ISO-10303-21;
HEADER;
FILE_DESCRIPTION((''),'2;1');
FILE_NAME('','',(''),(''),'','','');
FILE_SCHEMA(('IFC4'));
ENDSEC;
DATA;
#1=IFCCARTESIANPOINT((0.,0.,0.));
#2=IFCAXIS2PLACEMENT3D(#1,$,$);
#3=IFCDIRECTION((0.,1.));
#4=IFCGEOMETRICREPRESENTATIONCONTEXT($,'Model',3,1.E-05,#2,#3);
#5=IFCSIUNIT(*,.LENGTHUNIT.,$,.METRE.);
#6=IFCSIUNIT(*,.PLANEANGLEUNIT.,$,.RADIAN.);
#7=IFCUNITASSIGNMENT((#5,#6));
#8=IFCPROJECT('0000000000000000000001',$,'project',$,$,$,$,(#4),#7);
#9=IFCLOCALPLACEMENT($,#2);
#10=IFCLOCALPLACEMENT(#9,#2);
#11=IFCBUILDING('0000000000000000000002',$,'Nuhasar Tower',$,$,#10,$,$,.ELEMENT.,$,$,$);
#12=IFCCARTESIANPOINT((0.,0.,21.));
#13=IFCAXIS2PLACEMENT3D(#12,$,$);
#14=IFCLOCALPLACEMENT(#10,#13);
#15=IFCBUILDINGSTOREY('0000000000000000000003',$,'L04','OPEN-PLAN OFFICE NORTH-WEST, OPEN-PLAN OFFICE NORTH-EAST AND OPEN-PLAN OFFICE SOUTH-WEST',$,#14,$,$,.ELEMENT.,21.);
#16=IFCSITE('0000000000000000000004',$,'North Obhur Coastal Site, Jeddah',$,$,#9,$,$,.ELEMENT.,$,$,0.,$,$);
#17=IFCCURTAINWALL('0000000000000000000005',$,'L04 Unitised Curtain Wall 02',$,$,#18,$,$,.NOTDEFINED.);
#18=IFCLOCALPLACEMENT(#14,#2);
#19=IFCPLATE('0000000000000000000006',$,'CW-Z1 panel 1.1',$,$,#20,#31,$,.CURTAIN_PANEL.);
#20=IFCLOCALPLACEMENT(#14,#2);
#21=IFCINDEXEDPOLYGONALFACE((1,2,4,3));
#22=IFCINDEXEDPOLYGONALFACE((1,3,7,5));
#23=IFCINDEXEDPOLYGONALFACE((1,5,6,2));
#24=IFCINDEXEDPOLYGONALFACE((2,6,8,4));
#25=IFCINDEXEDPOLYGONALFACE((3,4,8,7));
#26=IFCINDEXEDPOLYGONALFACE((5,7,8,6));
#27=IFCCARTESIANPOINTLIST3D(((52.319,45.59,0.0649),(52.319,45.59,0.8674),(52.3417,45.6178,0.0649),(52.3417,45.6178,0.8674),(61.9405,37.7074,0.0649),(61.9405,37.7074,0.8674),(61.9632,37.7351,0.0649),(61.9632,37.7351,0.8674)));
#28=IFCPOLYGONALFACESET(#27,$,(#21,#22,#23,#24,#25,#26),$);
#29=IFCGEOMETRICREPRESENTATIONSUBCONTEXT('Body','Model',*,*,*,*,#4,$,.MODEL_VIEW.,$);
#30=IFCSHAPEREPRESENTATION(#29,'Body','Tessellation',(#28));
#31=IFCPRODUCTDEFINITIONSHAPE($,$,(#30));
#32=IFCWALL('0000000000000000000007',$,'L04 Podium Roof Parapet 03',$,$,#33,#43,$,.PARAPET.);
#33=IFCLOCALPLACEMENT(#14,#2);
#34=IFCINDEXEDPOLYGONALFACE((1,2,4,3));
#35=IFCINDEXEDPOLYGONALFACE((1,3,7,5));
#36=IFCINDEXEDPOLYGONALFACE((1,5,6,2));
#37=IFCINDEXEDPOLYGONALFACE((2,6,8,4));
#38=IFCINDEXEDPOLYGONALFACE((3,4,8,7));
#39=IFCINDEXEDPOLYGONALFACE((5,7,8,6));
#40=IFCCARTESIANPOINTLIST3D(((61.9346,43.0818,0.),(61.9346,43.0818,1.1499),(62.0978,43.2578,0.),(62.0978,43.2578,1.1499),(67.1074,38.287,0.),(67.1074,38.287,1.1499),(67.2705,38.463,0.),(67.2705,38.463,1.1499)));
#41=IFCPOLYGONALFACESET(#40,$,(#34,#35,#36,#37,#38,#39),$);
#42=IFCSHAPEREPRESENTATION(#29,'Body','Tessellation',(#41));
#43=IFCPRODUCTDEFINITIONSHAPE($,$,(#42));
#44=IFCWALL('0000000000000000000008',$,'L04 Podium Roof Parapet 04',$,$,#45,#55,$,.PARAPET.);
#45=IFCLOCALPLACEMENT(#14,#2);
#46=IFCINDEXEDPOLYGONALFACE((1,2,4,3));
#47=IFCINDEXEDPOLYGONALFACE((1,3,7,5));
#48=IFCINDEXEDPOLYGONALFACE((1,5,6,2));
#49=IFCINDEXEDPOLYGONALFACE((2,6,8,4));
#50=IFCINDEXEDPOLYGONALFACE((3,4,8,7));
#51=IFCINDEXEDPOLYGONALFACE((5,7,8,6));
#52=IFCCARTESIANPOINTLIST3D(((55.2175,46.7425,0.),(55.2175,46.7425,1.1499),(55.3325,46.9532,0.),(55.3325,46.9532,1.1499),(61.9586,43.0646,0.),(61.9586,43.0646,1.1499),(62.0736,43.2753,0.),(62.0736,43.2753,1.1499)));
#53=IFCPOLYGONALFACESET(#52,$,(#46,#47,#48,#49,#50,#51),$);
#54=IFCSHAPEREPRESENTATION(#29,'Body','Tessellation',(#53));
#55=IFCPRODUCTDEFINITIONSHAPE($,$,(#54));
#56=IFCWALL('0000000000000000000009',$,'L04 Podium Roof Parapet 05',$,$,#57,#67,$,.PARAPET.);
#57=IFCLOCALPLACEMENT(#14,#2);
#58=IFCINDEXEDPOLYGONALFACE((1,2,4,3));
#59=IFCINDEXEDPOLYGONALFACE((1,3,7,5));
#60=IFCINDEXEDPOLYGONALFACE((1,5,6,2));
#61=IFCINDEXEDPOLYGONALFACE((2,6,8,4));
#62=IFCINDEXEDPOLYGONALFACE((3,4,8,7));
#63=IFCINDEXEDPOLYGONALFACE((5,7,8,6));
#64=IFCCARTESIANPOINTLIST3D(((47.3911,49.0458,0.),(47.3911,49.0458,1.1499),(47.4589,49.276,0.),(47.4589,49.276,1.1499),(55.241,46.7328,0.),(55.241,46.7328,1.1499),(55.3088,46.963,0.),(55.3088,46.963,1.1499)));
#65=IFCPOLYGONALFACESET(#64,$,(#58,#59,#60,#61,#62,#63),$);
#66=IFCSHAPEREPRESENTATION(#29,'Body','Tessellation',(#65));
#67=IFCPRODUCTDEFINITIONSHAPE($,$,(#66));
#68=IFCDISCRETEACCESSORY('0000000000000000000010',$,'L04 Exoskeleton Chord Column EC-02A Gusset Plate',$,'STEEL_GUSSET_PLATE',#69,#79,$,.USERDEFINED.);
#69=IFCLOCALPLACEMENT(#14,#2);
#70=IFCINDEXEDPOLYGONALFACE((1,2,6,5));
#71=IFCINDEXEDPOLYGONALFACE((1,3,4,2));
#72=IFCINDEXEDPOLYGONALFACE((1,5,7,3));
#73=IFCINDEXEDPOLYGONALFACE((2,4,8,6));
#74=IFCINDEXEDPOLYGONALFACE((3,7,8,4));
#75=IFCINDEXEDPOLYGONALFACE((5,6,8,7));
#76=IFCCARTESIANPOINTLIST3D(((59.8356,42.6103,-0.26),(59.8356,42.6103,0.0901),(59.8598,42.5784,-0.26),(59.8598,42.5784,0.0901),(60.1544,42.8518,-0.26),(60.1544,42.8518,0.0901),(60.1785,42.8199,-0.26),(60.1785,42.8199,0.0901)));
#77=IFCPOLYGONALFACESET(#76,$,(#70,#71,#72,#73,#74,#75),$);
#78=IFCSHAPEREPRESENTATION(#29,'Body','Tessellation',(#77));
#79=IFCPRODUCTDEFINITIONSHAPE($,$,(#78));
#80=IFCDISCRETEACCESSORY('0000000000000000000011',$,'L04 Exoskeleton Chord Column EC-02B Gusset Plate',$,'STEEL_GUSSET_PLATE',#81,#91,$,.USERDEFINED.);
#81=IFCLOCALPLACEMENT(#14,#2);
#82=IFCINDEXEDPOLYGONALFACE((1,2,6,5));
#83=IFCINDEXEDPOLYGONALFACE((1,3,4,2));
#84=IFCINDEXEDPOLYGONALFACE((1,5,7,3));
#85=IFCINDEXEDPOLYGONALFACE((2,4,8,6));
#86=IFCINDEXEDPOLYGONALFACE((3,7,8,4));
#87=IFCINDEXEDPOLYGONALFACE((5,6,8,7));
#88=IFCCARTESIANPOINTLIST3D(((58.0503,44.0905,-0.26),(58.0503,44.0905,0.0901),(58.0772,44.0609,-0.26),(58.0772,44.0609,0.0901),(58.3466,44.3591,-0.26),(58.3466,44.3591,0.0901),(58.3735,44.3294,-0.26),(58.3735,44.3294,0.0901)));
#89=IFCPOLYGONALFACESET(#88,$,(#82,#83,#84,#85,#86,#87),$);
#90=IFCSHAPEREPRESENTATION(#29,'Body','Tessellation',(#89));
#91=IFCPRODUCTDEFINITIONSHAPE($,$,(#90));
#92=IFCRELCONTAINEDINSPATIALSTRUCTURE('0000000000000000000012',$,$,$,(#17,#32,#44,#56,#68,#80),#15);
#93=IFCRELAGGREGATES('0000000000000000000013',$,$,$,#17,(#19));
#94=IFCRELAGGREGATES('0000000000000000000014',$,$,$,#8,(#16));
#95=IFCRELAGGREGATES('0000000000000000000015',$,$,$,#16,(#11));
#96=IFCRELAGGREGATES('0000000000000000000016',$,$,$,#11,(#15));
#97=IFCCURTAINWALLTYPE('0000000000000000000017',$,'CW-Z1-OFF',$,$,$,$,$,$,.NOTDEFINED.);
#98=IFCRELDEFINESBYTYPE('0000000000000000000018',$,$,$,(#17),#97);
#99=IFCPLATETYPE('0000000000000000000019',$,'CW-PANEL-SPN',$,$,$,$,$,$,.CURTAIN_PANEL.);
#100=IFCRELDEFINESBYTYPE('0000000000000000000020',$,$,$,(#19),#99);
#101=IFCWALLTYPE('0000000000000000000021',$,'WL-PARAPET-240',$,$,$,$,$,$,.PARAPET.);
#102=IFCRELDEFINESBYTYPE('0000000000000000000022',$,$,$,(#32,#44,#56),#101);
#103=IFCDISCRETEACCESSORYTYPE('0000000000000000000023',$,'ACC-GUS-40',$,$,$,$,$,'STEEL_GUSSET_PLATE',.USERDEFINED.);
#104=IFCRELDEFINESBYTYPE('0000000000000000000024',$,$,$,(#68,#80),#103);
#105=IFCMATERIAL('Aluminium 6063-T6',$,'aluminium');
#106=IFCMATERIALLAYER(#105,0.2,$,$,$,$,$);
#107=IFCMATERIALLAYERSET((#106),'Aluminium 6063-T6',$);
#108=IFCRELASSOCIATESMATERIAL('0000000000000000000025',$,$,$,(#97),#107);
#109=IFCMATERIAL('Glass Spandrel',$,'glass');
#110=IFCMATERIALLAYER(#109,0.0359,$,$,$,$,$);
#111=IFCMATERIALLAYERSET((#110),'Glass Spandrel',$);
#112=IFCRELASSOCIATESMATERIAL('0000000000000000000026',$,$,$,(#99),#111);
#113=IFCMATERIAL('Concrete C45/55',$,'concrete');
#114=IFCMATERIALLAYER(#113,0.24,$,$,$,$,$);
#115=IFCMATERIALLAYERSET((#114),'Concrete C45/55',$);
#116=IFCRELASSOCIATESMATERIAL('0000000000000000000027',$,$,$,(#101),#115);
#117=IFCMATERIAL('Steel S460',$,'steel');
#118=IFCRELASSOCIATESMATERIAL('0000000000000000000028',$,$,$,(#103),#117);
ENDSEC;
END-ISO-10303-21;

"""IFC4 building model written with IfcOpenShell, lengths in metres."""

from ifc_helpers import new_model, si_unit, direction, frame, frame_2d, origin, origin_2d, place, context, subcontext, project, spatial, rectangle, extrude, material, layer, layer_set, type_object, element, aggregate, save


model = new_model("IFC4")

# Units and contexts
model_context = context("Model", 3, precision=1e-05, world=origin(), true_north=direction((0.0, 1.0)))
body_context = subcontext(model_context, "Body", "Model", "MODEL_VIEW")
ifc_project = project(units=[si_unit("LENGTHUNIT", "METRE"), si_unit("PLANEANGLEUNIT", "RADIAN")], contexts=[model_context])

# Site, building, storey
site_placement = place(None, origin())
site = spatial("IfcSite", under=ifc_project, at=site_placement, Name="North Obhur Coastal Site, Jeddah", CompositionType="ELEMENT", RefElevation=0.0)
building_placement = place(site_placement, origin())
building = spatial("IfcBuilding", under=site, at=building_placement, Name="Nuhasar Tower", CompositionType="ELEMENT")
storey_placement = place(building_placement, frame((0.0, 0.0, 21.0)))
storey = spatial("IfcBuildingStorey", under=building, at=storey_placement, Name="L04", Description="OPEN-PLAN OFFICE NORTH-WEST, OPEN-PLAN OFFICE NORTH-EAST AND OPEN-PLAN OFFICE SOUTH-WEST", CompositionType="ELEMENT", Elevation=21.0)

# Shared definitions
ifc_material_1 = material(Name="Steel S460", Category="steel")

# Shared definitions
ifc_material_2 = material(Name="Aluminium 6063-T6", Category="aluminium")
ifc_layer_1 = layer(ifc_material_2, 0.2)
ifc_layer_set_1 = layer_set([ifc_layer_1], Name="Aluminium 6063-T6")
curtain_wall_type = type_object("IfcCurtainWallType", Name="CW-Z1-OFF", PredefinedType="NOTDEFINED", material=ifc_layer_set_1)

# Curtain wall
curtain_wall_1_placement = place(storey_placement, origin())
curtain_wall_1 = element("IfcCurtainWall", 1, at=curtain_wall_1_placement, inside=storey, type_object=curtain_wall_type, Name="L04 Unitised Curtain Wall 02", PredefinedType="NOTDEFINED")

# Plate
ifc_material_3 = material(Name="Glass Spandrel", Category="glass")
ifc_layer_2 = layer(ifc_material_3, 0.0359)
ifc_layer_set_2 = layer_set([ifc_layer_2], Name="Glass Spandrel")
plate_type_1 = type_object("IfcPlateType", Name="CW-PANEL-SPN", PredefinedType="CURTAIN_PANEL", material=ifc_layer_set_2)
plate_1_placement = place(storey_placement, frame((57.1411, 41.6626, 0.0649), z_axis=(0.0, 0.0, 1.0), x_axis=(-0.773542, 0.633745, 0.0)))
plate_1 = element("IfcPlate", 2, at=plate_1_placement, type_object=plate_type_1, Name="CW-Z1 panel 1.1", PredefinedType="CURTAIN_PANEL", context=body_context, shape_type="SweptSolid", body=[
    extrude(rectangle(XDim=12.4382, YDim=0.0359, at=origin_2d()), origin(), (0.0, 0.0, 1.0), 0.8025),
])
aggregate(curtain_wall_1, [plate_1])

# Walls
ifc_material_4 = material(Name="Concrete C45/55", Category="concrete")
ifc_layer_3 = layer(ifc_material_4, 0.24)
ifc_layer_set_3 = layer_set([ifc_layer_3], Name="Concrete C45/55")
wall_type = type_object("IfcWallType", Name="WL-PARAPET-240", PredefinedType="PARAPET", material=ifc_layer_set_3)
wall_1_placement = place(storey_placement, frame((67.189, 38.375, 0.0), z_axis=(0.0, 0.0, 1.0), x_axis=(-0.73339, 0.679808, 0.0)))
element("IfcWall", 3, at=wall_1_placement, inside=storey, type_object=wall_type, Name="L04 Podium Roof Parapet 03", PredefinedType="PARAPET", context=body_context, shape_type="SweptSolid", body=[
    extrude(rectangle(XDim=7.0532, YDim=0.24, at=frame_2d((3.5266, 0.0))), origin(), (0.0, 0.0, 1.0), 1.1499),
])
wall_2_placement = place(storey_placement, frame((62.0161, 43.1699, 0.0), z_axis=(0.0, 0.0, 1.0), x_axis=(-0.877843, 0.478948, 0.0)))
element("IfcWall", 4, at=wall_2_placement, inside=storey, type_object=wall_type, Name="L04 Podium Roof Parapet 04", PredefinedType="PARAPET", context=body_context, shape_type="SweptSolid", body=[
    extrude(rectangle(XDim=7.6792, YDim=0.24, at=frame_2d((3.8396, 0.0))), origin(), (0.0, 0.0, 1.0), 1.1499),
])
wall_3_placement = place(storey_placement, frame((55.2749, 46.8479, 0.0), z_axis=(0.0, 0.0, 1.0), x_axis=(-0.959226, 0.28264, 0.0)))
element("IfcWall", 5, at=wall_3_placement, inside=storey, type_object=wall_type, Name="L04 Podium Roof Parapet 05", PredefinedType="PARAPET", context=body_context, shape_type="SweptSolid", body=[
    extrude(rectangle(XDim=8.1836, YDim=0.24, at=frame_2d((4.0918, 0.0))), origin(), (0.0, 0.0, 1.0), 1.1499),
])

# Discrete accessories
discrete_accessory_type = type_object("IfcDiscreteAccessoryType", Name="ACC-GUS-40", ElementType="STEEL_GUSSET_PLATE", PredefinedType="USERDEFINED", material=ifc_material_1)
for number, where, z_axis, x_axis, name in (
    (6, (60.0071, 42.7151, -0.26), (0.0, 0.0, 1.0), (0.797078, 0.603876, 0.0), "L04 Exoskeleton Chord Column EC-02A Gusset Plate"),
    (7, (58.2119, 44.21, -0.26), (0.0, 0.0, 1.0), (0.741004, 0.671501, 0.0), "L04 Exoskeleton Chord Column EC-02B Gusset Plate"),
):
    element("IfcDiscreteAccessory", number, at=place(storey_placement, frame(where, z_axis=z_axis, x_axis=x_axis)), inside=storey, type_object=discrete_accessory_type, Name=name, ObjectType="STEEL_GUSSET_PLATE", PredefinedType="USERDEFINED", context=body_context, shape_type="SweptSolid", body=[
        extrude(rectangle(XDim=0.3999, YDim=0.04, at=origin_2d()), origin(), (0.0, 0.0, 1.0), 0.3501),
    ])

save(model, "model.ifc")
